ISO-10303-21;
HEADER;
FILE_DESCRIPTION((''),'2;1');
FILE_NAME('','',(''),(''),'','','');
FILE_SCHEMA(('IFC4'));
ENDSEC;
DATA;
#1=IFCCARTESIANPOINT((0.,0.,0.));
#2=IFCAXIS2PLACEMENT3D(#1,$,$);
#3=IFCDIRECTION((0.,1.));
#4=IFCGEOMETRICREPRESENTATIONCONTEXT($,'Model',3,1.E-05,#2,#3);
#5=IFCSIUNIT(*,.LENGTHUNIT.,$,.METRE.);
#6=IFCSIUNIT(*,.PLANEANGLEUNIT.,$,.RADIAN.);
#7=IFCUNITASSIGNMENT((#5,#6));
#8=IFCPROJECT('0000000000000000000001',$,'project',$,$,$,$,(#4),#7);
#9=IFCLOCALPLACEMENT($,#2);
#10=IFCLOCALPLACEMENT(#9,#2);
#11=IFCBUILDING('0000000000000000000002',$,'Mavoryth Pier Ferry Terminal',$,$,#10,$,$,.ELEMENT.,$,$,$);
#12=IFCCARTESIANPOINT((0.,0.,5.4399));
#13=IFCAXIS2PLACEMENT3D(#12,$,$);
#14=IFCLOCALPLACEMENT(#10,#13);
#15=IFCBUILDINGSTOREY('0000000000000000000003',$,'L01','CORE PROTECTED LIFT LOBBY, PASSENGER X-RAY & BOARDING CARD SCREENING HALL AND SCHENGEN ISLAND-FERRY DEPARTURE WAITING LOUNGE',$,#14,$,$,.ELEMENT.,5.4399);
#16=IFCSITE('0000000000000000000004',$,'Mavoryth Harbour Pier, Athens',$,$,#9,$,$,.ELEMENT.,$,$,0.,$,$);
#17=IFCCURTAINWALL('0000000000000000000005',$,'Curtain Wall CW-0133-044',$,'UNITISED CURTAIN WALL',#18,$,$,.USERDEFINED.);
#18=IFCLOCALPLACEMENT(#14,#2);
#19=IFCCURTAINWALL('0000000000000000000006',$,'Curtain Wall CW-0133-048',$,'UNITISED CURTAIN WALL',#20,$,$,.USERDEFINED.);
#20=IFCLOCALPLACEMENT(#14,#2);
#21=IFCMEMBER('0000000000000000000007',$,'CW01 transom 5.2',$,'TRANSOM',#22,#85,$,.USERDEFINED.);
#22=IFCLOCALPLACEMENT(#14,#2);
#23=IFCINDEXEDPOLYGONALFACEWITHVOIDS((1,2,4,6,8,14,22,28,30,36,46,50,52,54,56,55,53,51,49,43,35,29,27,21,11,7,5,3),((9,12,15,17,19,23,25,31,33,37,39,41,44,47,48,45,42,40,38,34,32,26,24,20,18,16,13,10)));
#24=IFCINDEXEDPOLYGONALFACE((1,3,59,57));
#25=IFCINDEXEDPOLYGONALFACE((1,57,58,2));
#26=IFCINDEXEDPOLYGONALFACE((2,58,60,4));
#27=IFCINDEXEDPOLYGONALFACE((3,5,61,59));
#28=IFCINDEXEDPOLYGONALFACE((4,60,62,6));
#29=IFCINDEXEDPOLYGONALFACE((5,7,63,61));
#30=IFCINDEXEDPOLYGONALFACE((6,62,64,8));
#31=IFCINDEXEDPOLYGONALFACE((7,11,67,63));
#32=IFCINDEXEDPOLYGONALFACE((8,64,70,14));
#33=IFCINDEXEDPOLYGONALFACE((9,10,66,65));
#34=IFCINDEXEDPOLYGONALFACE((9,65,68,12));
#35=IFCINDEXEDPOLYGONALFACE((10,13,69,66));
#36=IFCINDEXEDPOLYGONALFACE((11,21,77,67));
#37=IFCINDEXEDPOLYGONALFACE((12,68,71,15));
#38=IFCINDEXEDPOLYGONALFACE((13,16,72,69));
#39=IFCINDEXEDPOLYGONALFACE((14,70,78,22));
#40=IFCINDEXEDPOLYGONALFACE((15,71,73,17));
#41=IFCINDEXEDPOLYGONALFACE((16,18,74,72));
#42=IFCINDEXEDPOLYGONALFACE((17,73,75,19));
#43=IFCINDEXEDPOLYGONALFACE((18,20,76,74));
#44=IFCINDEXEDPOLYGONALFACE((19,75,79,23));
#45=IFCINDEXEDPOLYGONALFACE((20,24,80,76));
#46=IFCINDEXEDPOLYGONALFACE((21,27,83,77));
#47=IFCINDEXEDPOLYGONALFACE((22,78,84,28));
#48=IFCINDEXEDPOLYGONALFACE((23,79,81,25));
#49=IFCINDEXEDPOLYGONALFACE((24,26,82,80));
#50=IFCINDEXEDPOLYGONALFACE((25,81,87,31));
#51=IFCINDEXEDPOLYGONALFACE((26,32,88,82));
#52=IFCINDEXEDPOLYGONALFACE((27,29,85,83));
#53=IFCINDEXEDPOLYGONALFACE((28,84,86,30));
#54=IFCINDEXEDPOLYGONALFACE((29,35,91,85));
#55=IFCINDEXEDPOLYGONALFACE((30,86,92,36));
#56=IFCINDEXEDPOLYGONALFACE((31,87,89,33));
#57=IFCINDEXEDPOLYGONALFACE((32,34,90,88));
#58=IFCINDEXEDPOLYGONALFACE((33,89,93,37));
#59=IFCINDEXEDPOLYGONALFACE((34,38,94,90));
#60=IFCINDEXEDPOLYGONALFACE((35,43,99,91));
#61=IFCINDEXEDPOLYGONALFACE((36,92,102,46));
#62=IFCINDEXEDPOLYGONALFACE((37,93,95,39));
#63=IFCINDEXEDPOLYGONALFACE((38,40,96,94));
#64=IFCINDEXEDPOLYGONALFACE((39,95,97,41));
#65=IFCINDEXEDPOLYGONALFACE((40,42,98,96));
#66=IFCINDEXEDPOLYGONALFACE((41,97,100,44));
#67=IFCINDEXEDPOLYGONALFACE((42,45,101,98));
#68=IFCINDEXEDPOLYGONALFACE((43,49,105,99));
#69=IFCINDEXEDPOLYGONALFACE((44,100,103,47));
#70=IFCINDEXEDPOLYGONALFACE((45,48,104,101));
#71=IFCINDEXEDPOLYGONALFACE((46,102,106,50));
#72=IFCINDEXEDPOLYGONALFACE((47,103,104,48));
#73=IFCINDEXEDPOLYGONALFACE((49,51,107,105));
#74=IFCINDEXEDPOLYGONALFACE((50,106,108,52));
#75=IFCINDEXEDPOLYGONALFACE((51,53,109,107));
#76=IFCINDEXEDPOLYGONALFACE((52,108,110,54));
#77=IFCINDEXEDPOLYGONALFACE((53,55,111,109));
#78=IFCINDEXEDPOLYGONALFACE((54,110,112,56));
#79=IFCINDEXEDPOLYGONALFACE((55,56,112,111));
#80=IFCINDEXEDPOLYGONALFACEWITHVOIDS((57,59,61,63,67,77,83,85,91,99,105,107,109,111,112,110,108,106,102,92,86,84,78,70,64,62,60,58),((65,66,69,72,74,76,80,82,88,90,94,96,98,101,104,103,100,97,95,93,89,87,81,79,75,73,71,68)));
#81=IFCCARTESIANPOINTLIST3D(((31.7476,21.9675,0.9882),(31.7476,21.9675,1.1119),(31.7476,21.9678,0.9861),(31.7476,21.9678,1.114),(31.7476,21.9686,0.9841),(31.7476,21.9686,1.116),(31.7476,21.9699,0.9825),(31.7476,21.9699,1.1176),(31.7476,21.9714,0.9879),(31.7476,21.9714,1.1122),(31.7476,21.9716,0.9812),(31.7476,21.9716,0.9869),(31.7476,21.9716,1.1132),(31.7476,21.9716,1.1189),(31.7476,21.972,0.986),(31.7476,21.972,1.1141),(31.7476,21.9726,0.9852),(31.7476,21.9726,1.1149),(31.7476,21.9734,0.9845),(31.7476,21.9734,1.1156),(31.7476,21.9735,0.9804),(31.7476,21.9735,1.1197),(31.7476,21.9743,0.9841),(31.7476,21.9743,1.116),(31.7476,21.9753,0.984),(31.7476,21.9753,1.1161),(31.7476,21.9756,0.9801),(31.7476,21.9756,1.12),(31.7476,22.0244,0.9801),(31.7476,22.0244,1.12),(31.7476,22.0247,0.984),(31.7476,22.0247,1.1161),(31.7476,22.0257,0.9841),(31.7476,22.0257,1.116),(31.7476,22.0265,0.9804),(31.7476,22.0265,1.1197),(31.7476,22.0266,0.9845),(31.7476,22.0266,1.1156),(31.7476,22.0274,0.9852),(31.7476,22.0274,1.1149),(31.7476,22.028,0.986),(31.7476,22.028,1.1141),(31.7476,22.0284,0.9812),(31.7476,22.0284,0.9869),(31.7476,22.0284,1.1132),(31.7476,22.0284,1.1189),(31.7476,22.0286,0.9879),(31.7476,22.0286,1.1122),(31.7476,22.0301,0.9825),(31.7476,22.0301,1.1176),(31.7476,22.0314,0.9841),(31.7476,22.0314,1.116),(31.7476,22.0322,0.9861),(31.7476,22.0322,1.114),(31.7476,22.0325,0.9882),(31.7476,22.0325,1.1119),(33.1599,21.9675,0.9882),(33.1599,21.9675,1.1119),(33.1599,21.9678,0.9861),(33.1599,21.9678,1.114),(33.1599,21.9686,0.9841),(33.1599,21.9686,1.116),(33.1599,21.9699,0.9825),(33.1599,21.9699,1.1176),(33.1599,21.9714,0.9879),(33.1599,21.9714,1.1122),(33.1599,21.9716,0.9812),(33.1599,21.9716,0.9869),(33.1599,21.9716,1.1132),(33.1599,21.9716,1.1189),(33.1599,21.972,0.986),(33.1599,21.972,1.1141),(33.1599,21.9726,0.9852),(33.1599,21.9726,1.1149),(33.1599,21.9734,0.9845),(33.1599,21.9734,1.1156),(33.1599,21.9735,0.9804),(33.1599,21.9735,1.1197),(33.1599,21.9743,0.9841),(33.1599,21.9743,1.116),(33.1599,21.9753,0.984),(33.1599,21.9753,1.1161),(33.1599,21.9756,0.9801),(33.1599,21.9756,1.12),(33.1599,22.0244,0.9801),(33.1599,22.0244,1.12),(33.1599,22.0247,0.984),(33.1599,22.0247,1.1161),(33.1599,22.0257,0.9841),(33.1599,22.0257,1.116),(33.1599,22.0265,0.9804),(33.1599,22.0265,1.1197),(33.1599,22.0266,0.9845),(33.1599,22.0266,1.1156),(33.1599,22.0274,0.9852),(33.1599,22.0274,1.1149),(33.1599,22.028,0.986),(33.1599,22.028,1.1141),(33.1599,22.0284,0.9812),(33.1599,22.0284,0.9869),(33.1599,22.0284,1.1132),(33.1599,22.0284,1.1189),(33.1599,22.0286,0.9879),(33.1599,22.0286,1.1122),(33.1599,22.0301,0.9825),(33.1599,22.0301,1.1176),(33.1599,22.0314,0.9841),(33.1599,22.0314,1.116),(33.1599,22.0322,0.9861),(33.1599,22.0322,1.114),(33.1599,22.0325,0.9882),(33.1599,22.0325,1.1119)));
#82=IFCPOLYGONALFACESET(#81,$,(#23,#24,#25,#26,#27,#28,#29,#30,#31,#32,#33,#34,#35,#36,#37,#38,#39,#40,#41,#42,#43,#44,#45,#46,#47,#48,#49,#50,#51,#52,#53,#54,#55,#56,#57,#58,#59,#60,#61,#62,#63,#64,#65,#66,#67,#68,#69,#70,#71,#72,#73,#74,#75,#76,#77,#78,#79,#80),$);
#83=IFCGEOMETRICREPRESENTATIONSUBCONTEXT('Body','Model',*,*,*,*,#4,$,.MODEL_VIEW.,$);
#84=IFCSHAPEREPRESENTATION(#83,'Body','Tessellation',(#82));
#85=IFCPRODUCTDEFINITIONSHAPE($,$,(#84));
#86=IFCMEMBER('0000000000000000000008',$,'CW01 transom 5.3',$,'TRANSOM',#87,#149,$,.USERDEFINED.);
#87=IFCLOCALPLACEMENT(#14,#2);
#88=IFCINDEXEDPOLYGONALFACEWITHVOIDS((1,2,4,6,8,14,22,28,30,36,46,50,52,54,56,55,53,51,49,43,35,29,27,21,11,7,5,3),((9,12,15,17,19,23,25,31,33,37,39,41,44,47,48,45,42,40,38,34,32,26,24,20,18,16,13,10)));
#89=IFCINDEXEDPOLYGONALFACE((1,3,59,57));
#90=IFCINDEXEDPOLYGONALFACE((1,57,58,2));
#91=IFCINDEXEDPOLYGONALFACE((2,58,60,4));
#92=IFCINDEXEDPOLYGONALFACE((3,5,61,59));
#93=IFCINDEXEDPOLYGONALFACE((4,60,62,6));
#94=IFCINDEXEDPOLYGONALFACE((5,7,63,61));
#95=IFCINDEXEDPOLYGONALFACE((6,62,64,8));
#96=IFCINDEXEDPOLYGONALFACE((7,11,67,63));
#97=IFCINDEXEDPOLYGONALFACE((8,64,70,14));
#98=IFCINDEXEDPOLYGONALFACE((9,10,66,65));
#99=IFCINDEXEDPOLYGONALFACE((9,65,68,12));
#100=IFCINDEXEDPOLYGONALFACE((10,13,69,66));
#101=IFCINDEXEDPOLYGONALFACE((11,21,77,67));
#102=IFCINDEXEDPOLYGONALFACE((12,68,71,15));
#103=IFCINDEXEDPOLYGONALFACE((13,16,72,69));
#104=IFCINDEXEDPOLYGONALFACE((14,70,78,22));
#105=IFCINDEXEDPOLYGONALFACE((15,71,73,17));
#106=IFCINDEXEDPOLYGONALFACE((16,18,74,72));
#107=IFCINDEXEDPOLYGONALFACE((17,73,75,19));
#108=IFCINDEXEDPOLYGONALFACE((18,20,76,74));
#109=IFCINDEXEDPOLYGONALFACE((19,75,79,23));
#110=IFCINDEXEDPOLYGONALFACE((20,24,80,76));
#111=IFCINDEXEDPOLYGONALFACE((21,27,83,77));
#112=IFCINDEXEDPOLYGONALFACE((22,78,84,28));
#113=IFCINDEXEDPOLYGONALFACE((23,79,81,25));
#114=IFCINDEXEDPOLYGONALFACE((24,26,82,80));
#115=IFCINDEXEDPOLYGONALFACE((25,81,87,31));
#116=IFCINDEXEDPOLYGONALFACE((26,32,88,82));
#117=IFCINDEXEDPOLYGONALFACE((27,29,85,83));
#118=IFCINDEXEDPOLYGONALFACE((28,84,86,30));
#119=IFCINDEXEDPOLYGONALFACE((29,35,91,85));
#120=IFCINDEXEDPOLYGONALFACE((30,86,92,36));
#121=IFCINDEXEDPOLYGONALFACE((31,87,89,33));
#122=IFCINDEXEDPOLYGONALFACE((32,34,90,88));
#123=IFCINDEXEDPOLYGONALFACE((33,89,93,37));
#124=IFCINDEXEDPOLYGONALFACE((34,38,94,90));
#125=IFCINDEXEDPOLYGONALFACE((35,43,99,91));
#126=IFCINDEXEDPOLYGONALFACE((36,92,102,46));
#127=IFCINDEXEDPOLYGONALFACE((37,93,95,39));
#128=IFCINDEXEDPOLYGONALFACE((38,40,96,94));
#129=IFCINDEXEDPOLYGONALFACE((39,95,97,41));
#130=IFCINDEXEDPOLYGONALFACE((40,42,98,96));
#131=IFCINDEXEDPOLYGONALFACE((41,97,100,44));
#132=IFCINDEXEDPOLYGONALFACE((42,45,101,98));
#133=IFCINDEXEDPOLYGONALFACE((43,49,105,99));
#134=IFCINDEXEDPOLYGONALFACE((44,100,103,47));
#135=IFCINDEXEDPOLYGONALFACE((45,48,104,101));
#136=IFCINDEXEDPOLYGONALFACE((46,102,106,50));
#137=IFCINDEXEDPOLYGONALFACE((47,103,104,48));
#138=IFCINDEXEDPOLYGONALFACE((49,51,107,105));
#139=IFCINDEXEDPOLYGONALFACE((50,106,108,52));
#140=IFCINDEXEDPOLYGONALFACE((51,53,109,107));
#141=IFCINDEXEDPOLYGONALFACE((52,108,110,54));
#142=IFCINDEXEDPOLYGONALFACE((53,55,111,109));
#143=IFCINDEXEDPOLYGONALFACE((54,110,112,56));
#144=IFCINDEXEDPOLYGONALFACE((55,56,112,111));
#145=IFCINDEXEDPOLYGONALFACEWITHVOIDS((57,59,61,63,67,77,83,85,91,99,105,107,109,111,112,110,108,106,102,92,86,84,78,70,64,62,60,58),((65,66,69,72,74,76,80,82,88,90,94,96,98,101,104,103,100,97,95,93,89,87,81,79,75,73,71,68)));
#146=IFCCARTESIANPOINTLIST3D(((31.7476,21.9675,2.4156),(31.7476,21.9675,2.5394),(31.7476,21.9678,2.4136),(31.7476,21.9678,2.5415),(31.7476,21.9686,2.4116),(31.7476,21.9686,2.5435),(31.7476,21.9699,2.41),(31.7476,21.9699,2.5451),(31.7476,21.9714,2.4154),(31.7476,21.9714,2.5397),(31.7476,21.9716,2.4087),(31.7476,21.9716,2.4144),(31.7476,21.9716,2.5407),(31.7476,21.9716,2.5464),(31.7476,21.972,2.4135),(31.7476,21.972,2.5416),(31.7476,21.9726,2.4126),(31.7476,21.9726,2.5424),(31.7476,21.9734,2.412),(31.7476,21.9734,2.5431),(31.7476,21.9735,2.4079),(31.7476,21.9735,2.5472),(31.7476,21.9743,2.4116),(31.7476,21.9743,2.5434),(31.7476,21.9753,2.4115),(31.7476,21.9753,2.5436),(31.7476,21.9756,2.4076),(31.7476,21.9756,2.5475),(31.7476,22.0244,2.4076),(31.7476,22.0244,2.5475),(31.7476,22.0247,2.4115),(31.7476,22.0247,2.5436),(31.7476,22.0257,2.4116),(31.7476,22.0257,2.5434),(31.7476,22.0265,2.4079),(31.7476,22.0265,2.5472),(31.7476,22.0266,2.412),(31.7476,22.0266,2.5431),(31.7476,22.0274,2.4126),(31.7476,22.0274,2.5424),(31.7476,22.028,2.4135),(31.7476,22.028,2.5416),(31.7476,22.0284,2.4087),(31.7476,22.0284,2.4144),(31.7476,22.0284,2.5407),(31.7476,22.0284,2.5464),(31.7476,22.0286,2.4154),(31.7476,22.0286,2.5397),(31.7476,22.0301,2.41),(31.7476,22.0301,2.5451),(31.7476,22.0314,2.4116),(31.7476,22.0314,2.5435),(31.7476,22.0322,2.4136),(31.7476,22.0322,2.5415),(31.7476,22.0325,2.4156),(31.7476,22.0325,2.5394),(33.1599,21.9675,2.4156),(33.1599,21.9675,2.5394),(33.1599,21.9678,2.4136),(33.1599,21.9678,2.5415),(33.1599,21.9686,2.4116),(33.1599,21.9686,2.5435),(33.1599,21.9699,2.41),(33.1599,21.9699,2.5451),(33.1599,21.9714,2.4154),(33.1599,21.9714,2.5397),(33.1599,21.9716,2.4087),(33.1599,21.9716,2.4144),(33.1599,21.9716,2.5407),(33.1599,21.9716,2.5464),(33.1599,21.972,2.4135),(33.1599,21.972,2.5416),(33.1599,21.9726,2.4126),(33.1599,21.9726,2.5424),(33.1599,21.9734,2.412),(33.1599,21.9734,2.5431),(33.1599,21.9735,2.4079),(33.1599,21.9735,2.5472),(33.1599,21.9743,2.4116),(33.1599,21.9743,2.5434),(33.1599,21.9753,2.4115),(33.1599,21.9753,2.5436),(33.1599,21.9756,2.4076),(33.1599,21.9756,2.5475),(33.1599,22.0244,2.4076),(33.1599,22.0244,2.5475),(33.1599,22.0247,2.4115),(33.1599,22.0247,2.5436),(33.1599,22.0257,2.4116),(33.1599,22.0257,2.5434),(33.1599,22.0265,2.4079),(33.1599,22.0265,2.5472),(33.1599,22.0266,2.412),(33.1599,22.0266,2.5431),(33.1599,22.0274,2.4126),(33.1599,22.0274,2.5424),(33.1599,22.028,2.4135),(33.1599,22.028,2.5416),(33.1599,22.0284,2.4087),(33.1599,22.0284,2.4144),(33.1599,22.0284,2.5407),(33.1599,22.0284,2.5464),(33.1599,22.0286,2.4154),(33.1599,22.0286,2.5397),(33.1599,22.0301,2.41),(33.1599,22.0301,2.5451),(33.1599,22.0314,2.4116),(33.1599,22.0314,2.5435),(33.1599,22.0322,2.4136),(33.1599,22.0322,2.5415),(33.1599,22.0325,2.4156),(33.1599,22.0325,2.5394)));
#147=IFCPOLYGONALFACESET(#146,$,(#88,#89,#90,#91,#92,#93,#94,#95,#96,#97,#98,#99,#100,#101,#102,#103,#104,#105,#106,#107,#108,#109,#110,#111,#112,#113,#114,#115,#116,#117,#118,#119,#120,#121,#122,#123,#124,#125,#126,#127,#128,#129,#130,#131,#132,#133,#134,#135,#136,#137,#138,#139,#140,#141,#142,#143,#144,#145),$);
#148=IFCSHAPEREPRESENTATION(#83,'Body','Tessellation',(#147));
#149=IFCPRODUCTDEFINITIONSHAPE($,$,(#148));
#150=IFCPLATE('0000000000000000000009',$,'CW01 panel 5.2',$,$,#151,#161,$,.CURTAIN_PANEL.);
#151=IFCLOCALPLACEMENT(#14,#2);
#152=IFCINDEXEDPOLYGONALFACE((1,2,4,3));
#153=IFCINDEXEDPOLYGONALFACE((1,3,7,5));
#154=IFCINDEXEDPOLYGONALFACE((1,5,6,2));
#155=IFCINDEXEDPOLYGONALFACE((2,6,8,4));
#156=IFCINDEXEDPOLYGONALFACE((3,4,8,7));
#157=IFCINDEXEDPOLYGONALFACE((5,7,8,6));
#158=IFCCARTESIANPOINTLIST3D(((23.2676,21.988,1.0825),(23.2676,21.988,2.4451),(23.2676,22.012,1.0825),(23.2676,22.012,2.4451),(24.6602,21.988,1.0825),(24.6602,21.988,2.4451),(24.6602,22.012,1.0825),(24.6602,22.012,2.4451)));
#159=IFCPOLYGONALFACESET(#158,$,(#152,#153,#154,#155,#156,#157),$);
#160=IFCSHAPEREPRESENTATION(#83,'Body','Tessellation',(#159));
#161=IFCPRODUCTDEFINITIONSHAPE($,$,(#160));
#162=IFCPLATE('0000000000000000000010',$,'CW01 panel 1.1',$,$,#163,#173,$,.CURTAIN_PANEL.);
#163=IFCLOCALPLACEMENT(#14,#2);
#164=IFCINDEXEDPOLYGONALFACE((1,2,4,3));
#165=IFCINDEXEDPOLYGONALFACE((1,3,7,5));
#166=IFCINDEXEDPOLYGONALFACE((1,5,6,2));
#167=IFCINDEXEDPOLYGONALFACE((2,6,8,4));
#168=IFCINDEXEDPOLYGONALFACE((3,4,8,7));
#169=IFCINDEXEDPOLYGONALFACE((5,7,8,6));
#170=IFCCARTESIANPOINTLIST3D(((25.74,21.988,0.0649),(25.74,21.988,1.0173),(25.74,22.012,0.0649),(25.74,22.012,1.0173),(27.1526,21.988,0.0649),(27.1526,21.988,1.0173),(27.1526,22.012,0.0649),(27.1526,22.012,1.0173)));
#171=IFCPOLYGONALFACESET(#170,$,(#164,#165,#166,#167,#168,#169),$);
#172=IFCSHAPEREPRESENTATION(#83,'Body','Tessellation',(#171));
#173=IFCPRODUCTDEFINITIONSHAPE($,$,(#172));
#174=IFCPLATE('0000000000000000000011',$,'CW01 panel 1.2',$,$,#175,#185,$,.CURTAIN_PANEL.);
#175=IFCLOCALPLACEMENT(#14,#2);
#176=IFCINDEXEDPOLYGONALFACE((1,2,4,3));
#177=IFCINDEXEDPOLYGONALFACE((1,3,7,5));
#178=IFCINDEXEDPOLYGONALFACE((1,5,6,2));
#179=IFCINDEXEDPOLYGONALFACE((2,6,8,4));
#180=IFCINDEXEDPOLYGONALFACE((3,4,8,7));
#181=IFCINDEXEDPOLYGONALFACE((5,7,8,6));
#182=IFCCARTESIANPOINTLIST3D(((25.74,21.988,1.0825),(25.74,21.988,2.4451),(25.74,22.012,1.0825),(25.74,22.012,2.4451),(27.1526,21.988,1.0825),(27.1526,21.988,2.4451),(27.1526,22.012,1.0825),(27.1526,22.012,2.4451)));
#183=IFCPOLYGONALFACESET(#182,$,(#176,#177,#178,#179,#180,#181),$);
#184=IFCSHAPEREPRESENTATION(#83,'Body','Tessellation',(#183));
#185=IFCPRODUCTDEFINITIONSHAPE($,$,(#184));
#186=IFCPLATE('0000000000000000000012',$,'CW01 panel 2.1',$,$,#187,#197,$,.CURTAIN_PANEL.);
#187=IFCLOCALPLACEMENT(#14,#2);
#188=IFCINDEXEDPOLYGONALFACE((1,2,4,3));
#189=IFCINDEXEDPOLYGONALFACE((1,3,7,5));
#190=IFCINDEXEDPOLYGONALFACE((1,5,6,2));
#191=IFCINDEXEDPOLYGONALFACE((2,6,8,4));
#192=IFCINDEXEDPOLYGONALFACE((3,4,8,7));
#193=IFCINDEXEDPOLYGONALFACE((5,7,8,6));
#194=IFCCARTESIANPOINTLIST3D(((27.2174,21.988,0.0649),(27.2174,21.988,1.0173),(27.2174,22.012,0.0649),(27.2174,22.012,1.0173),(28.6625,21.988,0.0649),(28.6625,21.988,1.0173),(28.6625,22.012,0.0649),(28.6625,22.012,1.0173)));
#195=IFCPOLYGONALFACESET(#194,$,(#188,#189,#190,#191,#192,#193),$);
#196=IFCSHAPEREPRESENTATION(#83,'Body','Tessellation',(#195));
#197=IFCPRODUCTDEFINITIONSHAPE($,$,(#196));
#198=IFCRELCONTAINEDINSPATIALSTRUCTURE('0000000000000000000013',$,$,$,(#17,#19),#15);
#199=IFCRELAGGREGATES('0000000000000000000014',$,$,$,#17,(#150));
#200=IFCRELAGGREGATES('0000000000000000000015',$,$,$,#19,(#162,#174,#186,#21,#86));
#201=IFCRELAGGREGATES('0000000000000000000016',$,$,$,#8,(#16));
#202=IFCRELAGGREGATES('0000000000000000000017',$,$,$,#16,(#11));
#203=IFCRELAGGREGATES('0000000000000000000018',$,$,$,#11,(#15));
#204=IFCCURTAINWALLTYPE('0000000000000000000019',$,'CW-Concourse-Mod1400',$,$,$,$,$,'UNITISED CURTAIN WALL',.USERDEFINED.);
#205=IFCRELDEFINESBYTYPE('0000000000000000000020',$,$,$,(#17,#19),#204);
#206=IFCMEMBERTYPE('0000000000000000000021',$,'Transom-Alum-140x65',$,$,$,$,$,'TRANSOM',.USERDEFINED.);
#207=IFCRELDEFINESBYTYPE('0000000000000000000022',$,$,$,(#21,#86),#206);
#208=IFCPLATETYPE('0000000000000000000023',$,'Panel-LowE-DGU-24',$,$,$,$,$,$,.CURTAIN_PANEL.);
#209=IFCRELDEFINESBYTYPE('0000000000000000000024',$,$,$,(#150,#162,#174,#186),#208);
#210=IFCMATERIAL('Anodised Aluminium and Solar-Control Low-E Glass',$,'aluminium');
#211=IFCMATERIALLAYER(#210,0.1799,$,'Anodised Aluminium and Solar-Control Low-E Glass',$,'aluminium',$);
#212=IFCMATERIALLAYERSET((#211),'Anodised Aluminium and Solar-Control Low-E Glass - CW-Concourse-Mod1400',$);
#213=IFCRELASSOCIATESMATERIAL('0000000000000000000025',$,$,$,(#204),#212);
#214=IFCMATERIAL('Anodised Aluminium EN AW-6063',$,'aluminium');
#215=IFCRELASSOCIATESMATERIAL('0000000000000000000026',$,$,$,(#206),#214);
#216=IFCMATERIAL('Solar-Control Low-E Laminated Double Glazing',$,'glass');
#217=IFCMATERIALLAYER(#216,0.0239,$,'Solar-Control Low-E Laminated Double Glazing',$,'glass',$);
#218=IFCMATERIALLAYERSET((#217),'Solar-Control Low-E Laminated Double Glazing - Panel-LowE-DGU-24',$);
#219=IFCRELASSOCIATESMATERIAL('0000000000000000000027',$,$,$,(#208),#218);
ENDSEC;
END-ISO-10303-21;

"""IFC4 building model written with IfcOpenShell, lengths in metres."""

from ifc_helpers import new_model, si_unit, direction, frame, origin, origin_2d, place, context, subcontext, project, spatial, rectangle, hollow_rectangle, extrude, material, layer, layer_set, material_profile, profile_set, type_object, element, aggregate, save


model = new_model("IFC4")

# Units and contexts
model_context = context("Model", 3, precision=1e-05, world=origin(), true_north=direction((0.0, 1.0)))
body_context = subcontext(model_context, "Body", "Model", "MODEL_VIEW")
ifc_project = project(units=[si_unit("LENGTHUNIT", "METRE"), si_unit("PLANEANGLEUNIT", "RADIAN")], contexts=[model_context])

# Site, building, storey
site_placement = place(None, origin())
site = spatial("IfcSite", under=ifc_project, at=site_placement, Name="Mavoryth Harbour Pier, Athens", CompositionType="ELEMENT", RefElevation=0.0)
building_placement = place(site_placement, origin())
building = spatial("IfcBuilding", under=site, at=building_placement, Name="Mavoryth Pier Ferry Terminal", CompositionType="ELEMENT")
storey_placement = place(building_placement, frame((0.0, 0.0, 5.4399)))
storey = spatial("IfcBuildingStorey", under=building, at=storey_placement, Name="L01", Description="CORE PROTECTED LIFT LOBBY, PASSENGER X-RAY & BOARDING CARD SCREENING HALL AND SCHENGEN ISLAND-FERRY DEPARTURE WAITING LOUNGE", CompositionType="ELEMENT", Elevation=5.4399)

# Curtain wall
ifc_material_1 = material(Name="Anodised Aluminium and Solar-Control Low-E Glass", Category="aluminium")
ifc_layer_1 = layer(ifc_material_1, 0.1799, Name="Anodised Aluminium and Solar-Control Low-E Glass", Category="aluminium")
ifc_layer_set_1 = layer_set([ifc_layer_1], Name="Anodised Aluminium and Solar-Control Low-E Glass - CW-Concourse-Mod1400")
curtain_wall_type = type_object("IfcCurtainWallType", Name="CW-Concourse-Mod1400", ElementType="UNITISED CURTAIN WALL", PredefinedType="USERDEFINED", material=ifc_layer_set_1)
curtain_wall_1_placement = place(storey_placement, origin())
curtain_wall_1 = element("IfcCurtainWall", 1, at=curtain_wall_1_placement, inside=storey, type_object=curtain_wall_type, Name="Curtain Wall CW-0133-044", ObjectType="UNITISED CURTAIN WALL", PredefinedType="USERDEFINED")
ifc_material_2 = material(Name="Anodised Aluminium EN AW-6063", Category="aluminium")

# Curtain wall, members
curtain_wall_2_placement = place(storey_placement, origin())
curtain_wall_2 = element("IfcCurtainWall", 2, at=curtain_wall_2_placement, inside=storey, type_object=curtain_wall_type, Name="Curtain Wall CW-0133-048", ObjectType="UNITISED CURTAIN WALL", PredefinedType="USERDEFINED")
ifc_material_profile_1 = material_profile(ifc_material_2, hollow_rectangle(XDim=0.0649, YDim=0.1399, WallThickness=0.0039, InnerFilletRadius=0.0039, OuterFilletRadius=0.0081, at=origin_2d()), Name="AL-TRAN 140x65x4", Category="aluminium")
ifc_profile_set_1 = profile_set([ifc_material_profile_1], Name="Anodised Aluminium EN AW-6063 - AL-TRAN 140x65x4")
member_type_1 = type_object("IfcMemberType", Name="Transom-Alum-140x65", ElementType="TRANSOM", PredefinedType="USERDEFINED", material=ifc_profile_set_1)
member_1_placement = place(storey_placement, frame((31.7476, 22.0, 1.05), z_axis=(1.0, 0.0, 0.0), x_axis=(0.0, 1.0, 0.0)))
member_1 = element("IfcMember", 3, at=member_1_placement, type_object=member_type_1, Name="CW01 transom 5.2", ObjectType="TRANSOM", PredefinedType="USERDEFINED", context=body_context, shape_type="SweptSolid", body=[
    extrude(hollow_rectangle(XDim=0.0649, YDim=0.1399, WallThickness=0.0039, InnerFilletRadius=0.0039, OuterFilletRadius=0.0081, at=origin_2d()), origin(), (0.0, 0.0, 1.0), 1.4124),
])
member_2_placement = place(storey_placement, frame((31.7476, 22.0, 2.4775), z_axis=(1.0, 0.0, 0.0), x_axis=(0.0, 1.0, 0.0)))
member_2 = element("IfcMember", 4, at=member_2_placement, type_object=member_type_1, Name="CW01 transom 5.3", ObjectType="TRANSOM", PredefinedType="USERDEFINED", context=body_context, shape_type="SweptSolid", body=[
    extrude(hollow_rectangle(XDim=0.0649, YDim=0.1399, WallThickness=0.0039, InnerFilletRadius=0.0039, OuterFilletRadius=0.0081, at=origin_2d()), origin(), (0.0, 0.0, 1.0), 1.4124),
])

# Plates
ifc_material_3 = material(Name="Solar-Control Low-E Laminated Double Glazing", Category="glass")
ifc_layer_2 = layer(ifc_material_3, 0.0239, Name="Solar-Control Low-E Laminated Double Glazing", Category="glass")
ifc_layer_set_2 = layer_set([ifc_layer_2], Name="Solar-Control Low-E Laminated Double Glazing - Panel-LowE-DGU-24")
plate_type_1 = type_object("IfcPlateType", Name="Panel-LowE-DGU-24", PredefinedType="CURTAIN_PANEL", material=ifc_layer_set_2)
plate_1_placement = place(storey_placement, frame((23.9639, 22.0, 1.0825), z_axis=(0.0, 0.0, 1.0), x_axis=(1.0, 0.0, 0.0)))
plate_1 = element("IfcPlate", 5, at=plate_1_placement, type_object=plate_type_1, Name="CW01 panel 5.2", PredefinedType="CURTAIN_PANEL", context=body_context, shape_type="SweptSolid", body=[
    extrude(rectangle(XDim=1.3926, YDim=0.0239, at=origin_2d()), origin(), (0.0, 0.0, 1.0), 1.3625),
])
aggregate(curtain_wall_1, [plate_1])
plate_2_placement = place(storey_placement, frame((26.4463, 22.0, 0.0649), z_axis=(0.0, 0.0, 1.0), x_axis=(1.0, 0.0, 0.0)))
plate_2 = element("IfcPlate", 6, at=plate_2_placement, type_object=plate_type_1, Name="CW01 panel 1.1", PredefinedType="CURTAIN_PANEL", context=body_context, shape_type="SweptSolid", body=[
    extrude(rectangle(XDim=1.4126, YDim=0.0239, at=origin_2d()), origin(), (0.0, 0.0, 1.0), 0.9524),
])
plate_3_placement = place(storey_placement, frame((26.4463, 22.0, 1.0825), z_axis=(0.0, 0.0, 1.0), x_axis=(1.0, 0.0, 0.0)))
plate_3 = element("IfcPlate", 7, at=plate_3_placement, type_object=plate_type_1, Name="CW01 panel 1.2", PredefinedType="CURTAIN_PANEL", context=body_context, shape_type="SweptSolid", body=[
    extrude(rectangle(XDim=1.4126, YDim=0.0239, at=origin_2d()), origin(), (0.0, 0.0, 1.0), 1.3625),
])
plate_4_placement = place(storey_placement, frame((27.9399, 22.0, 0.0649), z_axis=(0.0, 0.0, 1.0), x_axis=(1.0, 0.0, 0.0)))
plate_4 = element("IfcPlate", 8, at=plate_4_placement, type_object=plate_type_1, Name="CW01 panel 2.1", PredefinedType="CURTAIN_PANEL", context=body_context, shape_type="SweptSolid", body=[
    extrude(rectangle(XDim=1.4451, YDim=0.0239, at=origin_2d()), origin(), (0.0, 0.0, 1.0), 0.9524),
])
aggregate(curtain_wall_2, [plate_2, plate_3, plate_4, member_1, member_2])

save(model, "model.ifc")
